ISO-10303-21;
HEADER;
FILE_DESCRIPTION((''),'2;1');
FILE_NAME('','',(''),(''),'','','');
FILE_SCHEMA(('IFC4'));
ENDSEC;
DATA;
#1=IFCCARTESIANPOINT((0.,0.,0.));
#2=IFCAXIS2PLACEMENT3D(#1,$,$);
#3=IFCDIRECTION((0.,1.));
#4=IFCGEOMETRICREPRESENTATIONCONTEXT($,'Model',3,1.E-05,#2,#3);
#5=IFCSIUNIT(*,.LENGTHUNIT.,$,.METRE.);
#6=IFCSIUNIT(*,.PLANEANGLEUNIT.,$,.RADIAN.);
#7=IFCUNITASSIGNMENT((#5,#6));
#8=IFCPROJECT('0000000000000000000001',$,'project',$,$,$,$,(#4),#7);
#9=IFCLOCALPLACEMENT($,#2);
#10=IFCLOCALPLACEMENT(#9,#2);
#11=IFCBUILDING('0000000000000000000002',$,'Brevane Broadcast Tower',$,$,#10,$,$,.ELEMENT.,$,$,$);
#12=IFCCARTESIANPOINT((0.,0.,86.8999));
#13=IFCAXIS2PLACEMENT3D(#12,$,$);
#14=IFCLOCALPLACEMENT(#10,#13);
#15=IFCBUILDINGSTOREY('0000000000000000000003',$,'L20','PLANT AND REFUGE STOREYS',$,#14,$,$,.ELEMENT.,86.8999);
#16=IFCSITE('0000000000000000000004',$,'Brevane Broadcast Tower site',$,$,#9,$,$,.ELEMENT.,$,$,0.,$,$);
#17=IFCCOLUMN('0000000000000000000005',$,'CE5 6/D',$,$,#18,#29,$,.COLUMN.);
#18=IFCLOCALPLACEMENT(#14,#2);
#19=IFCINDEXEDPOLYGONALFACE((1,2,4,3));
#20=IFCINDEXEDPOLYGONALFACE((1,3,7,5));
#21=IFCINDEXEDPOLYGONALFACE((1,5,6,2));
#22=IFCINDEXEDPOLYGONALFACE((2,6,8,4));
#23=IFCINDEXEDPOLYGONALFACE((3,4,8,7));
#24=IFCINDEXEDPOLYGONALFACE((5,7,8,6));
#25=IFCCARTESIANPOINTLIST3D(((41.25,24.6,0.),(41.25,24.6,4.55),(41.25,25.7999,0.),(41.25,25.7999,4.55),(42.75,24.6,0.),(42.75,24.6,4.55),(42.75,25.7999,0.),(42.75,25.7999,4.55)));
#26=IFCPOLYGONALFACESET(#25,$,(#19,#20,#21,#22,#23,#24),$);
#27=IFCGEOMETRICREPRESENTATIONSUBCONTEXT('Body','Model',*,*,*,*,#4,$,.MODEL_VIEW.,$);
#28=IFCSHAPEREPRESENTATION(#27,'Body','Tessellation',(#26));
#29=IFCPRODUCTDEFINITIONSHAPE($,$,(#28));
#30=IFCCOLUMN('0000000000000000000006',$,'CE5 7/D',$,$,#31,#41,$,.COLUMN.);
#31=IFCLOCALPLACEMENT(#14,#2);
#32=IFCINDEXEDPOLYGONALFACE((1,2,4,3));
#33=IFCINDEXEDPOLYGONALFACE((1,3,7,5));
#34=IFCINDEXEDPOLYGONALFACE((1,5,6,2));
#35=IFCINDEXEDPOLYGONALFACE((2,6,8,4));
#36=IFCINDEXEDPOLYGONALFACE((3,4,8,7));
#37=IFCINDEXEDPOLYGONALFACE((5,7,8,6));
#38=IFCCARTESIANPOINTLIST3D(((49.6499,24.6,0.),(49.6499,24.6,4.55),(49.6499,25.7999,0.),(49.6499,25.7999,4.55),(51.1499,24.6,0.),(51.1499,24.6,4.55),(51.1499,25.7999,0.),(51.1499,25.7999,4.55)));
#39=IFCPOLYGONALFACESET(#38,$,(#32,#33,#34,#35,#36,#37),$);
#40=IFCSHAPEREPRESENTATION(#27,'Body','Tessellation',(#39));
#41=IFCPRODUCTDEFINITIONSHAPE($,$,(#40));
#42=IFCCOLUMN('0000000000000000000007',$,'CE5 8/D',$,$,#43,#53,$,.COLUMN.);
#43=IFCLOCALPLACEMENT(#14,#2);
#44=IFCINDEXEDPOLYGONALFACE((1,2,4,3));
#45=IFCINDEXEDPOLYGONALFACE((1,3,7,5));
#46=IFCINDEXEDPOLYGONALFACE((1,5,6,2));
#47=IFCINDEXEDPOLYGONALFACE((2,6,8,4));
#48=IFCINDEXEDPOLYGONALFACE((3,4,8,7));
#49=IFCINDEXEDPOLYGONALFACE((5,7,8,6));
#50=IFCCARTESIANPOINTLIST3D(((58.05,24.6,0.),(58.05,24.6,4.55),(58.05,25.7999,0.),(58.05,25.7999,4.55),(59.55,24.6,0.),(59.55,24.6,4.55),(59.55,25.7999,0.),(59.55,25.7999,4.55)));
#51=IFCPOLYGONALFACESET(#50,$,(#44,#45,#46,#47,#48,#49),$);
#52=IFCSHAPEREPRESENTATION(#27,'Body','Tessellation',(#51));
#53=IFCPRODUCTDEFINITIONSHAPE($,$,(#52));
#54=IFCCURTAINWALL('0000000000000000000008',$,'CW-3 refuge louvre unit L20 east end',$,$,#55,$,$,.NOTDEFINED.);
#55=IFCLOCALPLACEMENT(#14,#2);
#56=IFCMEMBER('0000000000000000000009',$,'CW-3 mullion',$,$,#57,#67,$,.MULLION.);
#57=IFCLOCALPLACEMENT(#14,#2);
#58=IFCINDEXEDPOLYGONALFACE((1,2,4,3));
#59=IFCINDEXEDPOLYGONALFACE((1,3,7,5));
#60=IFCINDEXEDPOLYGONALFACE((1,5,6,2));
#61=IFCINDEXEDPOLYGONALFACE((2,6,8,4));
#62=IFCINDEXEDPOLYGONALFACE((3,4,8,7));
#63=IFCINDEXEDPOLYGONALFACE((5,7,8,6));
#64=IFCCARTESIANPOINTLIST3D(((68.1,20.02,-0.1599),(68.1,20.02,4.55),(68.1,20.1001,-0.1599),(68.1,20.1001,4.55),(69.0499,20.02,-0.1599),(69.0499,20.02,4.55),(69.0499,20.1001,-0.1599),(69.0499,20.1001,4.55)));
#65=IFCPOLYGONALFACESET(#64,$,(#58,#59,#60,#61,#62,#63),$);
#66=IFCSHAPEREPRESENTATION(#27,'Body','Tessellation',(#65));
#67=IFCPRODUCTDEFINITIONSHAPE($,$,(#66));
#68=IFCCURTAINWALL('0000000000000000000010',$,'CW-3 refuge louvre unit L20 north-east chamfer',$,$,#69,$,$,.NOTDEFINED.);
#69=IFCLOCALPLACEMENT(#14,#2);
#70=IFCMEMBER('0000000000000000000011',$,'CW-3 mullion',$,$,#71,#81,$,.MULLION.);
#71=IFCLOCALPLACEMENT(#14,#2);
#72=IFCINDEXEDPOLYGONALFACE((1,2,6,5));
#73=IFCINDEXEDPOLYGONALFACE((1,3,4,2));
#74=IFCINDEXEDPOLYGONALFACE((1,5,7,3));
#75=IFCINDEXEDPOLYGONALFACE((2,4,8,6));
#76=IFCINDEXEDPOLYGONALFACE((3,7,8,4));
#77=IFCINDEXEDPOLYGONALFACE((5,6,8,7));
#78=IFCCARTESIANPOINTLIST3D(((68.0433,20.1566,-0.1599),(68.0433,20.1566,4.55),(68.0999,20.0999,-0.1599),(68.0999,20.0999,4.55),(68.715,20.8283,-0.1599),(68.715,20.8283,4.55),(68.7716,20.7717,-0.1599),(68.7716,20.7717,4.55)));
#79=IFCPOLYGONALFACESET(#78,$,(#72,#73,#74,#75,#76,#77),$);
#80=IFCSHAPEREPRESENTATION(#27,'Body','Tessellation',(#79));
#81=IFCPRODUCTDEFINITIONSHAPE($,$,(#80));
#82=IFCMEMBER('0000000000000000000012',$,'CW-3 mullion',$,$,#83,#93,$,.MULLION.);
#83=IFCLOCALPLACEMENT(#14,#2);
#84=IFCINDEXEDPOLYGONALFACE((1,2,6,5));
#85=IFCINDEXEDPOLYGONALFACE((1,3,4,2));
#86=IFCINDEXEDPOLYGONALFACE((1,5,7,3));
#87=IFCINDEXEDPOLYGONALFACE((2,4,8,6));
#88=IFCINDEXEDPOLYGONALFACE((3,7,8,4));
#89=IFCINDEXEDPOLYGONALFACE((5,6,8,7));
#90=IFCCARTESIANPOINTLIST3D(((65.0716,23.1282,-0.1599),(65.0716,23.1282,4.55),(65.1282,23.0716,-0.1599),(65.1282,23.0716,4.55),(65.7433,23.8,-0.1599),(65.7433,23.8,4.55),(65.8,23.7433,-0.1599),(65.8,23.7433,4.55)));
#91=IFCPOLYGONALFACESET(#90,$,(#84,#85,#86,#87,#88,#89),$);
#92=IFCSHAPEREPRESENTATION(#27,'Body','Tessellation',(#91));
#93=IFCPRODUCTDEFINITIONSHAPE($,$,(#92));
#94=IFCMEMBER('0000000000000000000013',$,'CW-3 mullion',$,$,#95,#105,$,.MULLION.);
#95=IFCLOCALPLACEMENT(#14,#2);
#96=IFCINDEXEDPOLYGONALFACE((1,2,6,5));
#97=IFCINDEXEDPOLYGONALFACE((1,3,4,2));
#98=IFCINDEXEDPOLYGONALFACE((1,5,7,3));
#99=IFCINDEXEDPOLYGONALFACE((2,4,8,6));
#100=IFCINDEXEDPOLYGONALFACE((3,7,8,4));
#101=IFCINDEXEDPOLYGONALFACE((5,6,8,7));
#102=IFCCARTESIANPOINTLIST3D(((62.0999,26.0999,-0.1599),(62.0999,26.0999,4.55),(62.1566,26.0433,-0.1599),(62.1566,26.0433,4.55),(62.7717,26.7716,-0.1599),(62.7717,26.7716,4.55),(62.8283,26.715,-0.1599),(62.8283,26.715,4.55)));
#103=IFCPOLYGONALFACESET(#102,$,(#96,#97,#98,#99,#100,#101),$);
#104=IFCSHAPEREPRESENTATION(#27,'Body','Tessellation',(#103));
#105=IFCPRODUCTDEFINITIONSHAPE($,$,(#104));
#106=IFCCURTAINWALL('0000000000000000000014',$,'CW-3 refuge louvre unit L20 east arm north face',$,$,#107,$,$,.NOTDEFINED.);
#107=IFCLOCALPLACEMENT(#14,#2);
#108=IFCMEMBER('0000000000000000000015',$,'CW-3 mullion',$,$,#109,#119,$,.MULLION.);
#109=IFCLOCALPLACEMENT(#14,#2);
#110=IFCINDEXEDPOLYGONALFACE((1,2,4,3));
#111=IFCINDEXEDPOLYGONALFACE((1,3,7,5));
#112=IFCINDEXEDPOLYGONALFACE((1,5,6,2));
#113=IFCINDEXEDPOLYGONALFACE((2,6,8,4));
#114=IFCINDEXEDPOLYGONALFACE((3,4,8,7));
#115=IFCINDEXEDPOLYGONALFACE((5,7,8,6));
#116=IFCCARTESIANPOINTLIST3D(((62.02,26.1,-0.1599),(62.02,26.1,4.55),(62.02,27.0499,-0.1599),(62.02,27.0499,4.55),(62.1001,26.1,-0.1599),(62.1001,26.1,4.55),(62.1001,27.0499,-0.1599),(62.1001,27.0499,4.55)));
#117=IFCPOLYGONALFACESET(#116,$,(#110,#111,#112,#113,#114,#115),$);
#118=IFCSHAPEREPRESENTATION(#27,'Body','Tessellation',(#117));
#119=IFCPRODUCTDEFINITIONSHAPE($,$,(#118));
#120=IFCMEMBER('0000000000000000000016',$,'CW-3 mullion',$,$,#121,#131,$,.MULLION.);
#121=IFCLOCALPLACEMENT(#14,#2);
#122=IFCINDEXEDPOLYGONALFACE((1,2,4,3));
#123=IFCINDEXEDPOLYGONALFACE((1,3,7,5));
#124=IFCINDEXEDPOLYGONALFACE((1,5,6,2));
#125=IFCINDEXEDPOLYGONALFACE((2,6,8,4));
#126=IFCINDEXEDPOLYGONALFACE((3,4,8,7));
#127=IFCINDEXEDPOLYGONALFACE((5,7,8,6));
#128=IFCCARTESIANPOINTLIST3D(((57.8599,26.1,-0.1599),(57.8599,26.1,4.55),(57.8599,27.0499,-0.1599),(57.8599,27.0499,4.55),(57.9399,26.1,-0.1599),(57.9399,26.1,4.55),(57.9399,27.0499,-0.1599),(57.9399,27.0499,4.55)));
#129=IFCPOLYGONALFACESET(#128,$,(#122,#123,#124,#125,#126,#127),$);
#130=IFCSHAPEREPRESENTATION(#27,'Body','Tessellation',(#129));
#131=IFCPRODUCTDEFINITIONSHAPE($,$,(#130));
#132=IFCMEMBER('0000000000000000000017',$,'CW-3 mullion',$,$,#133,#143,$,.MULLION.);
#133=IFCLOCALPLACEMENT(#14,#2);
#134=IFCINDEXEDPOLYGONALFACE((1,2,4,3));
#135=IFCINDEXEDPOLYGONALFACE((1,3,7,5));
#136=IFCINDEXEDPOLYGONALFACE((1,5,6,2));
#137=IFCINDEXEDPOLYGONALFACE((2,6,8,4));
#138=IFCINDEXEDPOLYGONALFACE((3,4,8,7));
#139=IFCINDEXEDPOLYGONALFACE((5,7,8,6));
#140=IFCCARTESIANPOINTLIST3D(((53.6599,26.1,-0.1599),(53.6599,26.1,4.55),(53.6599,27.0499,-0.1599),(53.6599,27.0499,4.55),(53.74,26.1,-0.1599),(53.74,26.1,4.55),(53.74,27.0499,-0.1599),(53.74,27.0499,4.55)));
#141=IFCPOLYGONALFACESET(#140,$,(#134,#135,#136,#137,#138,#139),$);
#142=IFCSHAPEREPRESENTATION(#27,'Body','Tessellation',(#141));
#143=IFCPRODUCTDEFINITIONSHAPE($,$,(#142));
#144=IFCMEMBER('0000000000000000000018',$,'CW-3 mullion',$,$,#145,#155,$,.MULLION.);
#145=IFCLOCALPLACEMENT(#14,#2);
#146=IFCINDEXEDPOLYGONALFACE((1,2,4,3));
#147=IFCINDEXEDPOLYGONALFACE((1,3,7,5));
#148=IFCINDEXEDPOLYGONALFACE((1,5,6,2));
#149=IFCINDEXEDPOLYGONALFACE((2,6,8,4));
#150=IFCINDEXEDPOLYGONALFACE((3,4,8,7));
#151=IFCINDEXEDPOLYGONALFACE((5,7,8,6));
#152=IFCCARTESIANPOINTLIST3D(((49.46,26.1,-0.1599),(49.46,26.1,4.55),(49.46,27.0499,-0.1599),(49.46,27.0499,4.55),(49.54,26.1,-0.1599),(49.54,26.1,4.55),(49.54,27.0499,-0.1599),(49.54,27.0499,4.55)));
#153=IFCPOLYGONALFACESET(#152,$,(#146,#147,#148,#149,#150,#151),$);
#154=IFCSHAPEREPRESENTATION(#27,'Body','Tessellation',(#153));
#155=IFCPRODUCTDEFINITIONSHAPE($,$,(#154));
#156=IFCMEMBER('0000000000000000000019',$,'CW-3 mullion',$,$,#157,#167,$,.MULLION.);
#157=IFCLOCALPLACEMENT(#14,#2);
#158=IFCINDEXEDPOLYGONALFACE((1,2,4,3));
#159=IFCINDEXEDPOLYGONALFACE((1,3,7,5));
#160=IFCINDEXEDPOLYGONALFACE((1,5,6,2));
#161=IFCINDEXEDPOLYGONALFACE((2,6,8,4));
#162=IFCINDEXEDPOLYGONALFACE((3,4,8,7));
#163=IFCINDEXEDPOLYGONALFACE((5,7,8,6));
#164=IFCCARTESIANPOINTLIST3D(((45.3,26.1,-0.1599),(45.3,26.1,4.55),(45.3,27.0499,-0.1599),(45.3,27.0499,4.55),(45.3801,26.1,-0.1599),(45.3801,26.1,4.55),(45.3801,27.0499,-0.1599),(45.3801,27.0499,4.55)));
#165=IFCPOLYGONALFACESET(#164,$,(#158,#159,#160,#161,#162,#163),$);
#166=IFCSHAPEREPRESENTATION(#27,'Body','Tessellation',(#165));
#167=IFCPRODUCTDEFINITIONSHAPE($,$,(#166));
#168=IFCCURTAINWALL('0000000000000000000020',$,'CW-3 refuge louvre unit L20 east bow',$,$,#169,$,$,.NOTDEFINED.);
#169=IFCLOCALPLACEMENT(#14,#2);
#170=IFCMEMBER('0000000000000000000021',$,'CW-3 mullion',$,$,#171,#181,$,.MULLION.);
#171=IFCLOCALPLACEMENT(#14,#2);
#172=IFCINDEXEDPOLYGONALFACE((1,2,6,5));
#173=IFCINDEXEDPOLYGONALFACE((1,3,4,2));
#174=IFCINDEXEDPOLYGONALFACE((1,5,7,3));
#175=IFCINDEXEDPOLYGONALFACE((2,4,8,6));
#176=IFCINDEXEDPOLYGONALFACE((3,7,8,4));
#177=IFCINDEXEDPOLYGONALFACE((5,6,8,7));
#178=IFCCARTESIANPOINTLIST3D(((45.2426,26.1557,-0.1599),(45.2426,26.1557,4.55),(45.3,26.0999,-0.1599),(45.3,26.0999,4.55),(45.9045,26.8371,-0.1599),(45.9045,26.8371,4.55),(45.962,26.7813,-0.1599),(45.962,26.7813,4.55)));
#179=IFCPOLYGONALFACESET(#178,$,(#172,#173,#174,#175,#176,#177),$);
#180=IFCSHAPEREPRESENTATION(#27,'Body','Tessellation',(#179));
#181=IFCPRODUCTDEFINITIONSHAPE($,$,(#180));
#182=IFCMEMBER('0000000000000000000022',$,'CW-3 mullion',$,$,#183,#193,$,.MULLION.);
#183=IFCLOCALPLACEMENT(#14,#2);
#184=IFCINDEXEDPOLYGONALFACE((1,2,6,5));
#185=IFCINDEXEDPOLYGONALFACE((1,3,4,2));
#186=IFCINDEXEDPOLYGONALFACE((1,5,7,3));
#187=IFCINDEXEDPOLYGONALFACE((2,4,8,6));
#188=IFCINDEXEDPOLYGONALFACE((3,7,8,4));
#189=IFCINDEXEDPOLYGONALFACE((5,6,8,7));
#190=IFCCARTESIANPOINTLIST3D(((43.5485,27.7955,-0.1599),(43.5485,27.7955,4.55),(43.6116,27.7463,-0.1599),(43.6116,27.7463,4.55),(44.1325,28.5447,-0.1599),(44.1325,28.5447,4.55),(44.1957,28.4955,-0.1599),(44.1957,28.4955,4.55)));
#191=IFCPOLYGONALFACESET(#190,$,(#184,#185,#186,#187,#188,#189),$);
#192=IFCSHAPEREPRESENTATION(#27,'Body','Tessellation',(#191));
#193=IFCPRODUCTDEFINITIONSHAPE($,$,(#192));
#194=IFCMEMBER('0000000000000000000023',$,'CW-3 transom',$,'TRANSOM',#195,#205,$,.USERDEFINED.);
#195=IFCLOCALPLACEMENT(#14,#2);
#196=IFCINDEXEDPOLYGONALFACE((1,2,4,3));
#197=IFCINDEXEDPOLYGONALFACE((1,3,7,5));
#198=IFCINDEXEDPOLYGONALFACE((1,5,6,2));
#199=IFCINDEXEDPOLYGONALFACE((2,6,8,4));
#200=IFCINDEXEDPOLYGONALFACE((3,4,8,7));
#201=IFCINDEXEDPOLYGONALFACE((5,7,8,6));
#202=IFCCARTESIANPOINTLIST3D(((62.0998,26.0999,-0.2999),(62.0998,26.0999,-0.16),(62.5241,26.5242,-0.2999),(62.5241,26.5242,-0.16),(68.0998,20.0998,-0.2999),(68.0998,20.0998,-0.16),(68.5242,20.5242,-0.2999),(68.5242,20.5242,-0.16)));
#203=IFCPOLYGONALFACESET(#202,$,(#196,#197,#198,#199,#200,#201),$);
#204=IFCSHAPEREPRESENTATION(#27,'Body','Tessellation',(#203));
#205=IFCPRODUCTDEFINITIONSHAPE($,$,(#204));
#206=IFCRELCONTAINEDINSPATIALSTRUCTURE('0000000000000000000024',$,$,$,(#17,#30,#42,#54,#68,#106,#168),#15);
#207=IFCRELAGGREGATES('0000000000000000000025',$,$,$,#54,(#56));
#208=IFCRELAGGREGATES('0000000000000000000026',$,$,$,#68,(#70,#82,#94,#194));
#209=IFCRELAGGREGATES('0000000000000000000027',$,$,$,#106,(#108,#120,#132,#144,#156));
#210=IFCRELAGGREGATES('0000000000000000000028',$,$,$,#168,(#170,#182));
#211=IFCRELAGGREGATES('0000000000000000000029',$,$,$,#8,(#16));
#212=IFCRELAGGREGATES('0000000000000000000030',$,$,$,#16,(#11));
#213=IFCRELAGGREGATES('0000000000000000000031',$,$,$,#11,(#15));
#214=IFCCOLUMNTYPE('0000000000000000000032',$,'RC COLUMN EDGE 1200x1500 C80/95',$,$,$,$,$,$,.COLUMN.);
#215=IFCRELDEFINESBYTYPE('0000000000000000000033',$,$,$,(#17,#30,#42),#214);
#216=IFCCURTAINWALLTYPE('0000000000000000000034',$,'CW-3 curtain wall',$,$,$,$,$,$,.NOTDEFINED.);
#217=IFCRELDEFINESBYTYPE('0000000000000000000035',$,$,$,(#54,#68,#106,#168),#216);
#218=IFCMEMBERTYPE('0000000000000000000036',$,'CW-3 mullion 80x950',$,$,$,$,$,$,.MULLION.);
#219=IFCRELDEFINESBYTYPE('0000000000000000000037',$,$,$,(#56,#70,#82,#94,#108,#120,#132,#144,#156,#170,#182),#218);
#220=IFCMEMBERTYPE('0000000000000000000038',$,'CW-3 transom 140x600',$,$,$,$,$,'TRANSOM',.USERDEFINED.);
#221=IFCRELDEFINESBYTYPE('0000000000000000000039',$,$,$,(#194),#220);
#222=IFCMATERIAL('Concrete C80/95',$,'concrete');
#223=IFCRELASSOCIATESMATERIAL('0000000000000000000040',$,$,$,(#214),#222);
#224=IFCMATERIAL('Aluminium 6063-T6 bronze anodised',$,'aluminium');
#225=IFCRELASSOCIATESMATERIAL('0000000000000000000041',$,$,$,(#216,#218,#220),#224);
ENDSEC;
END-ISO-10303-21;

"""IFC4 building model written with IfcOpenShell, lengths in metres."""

from ifc_helpers import new_model, si_unit, direction, frame, origin, origin_2d, place, context, subcontext, project, spatial, rectangle, extrude, material, material_profile, profile_set, type_object, element, aggregate, save


model = new_model("IFC4")

# Units and contexts
model_context = context("Model", 3, precision=1e-05, world=origin(), true_north=direction((0.0, 1.0)))
body_context = subcontext(model_context, "Body", "Model", "MODEL_VIEW")
ifc_project = project(units=[si_unit("LENGTHUNIT", "METRE"), si_unit("PLANEANGLEUNIT", "RADIAN")], contexts=[model_context])

# Site, building, storey
site_placement = place(None, origin())
site = spatial("IfcSite", under=ifc_project, at=site_placement, Name="Brevane Broadcast Tower site", CompositionType="ELEMENT", RefElevation=0.0)
building_placement = place(site_placement, origin())
building = spatial("IfcBuilding", under=site, at=building_placement, Name="Brevane Broadcast Tower", CompositionType="ELEMENT")
storey_placement = place(building_placement, frame((0.0, 0.0, 86.8999)))
storey = spatial("IfcBuildingStorey", under=building, at=storey_placement, Name="L20", Description="PLANT AND REFUGE STOREYS", CompositionType="ELEMENT", Elevation=86.8999)

# Columns
ifc_material_1 = material(Name="Concrete C80/95", Category="concrete")
ifc_material_profile_1 = material_profile(ifc_material_1, rectangle(XDim=1.2, YDim=1.5, at=origin_2d()), Name="RC 1200x1500")
ifc_profile_set_1 = profile_set([ifc_material_profile_1], Name="Concrete C80/95")
column_type = type_object("IfcColumnType", Name="RC COLUMN EDGE 1200x1500 C80/95", PredefinedType="COLUMN", material=ifc_profile_set_1)
for number, where, z_axis, x_axis, name in (
    (1, (42.0, 25.2, 0.0), (0.0, 0.0, 1.0), (0.0, 1.0, 0.0), "CE5 6/D"),
    (2, (50.3999, 25.2, 0.0), (0.0, 0.0, 1.0), (0.0, 1.0, 0.0), "CE5 7/D"),
    (3, (58.8, 25.2, 0.0), (0.0, 0.0, 1.0), (0.0, 1.0, 0.0), "CE5 8/D"),
):
    element("IfcColumn", number, at=place(storey_placement, frame(where, z_axis=z_axis, x_axis=x_axis)), inside=storey, type_object=column_type, Name=name, PredefinedType="COLUMN", context=body_context, shape_type="SweptSolid", body=[
        extrude(rectangle(XDim=1.2, YDim=1.5, at=origin_2d()), origin(), (0.0, 0.0, 1.0), 4.55),
    ])

# Curtain wall, member
ifc_material_2 = material(Name="Aluminium 6063-T6 bronze anodised", Category="aluminium")
curtain_wall_type = type_object("IfcCurtainWallType", Name="CW-3 curtain wall", PredefinedType="NOTDEFINED", material=ifc_material_2)
curtain_wall_1_placement = place(storey_placement, origin())
curtain_wall_1 = element("IfcCurtainWall", 4, at=curtain_wall_1_placement, inside=storey, type_object=curtain_wall_type, Name="CW-3 refuge louvre unit L20 east end", PredefinedType="NOTDEFINED")
ifc_material_profile_2 = material_profile(ifc_material_2, rectangle(XDim=0.95, YDim=0.0801, at=origin_2d()), Name="RECT 80x950")
ifc_profile_set_2 = profile_set([ifc_material_profile_2], Name="Aluminium 6063-T6 bronze anodised")
member_type_1 = type_object("IfcMemberType", Name="CW-3 mullion 80x950", PredefinedType="MULLION", material=ifc_profile_set_2)
member_1_placement = place(storey_placement, frame((68.575, 20.0601, -0.1599), z_axis=(0.0, 0.0, 1.0), x_axis=(-1.0, 0.0, 0.0)))
member_1 = element("IfcMember", 5, at=member_1_placement, type_object=member_type_1, Name="CW-3 mullion", PredefinedType="MULLION", context=body_context, shape_type="SweptSolid", body=[
    extrude(rectangle(XDim=0.95, YDim=0.0801, at=origin_2d()), origin(), (0.0, 0.0, 1.0), 4.71),
])
aggregate(curtain_wall_1, [member_1])

# Curtain walls, members
curtain_wall_2_placement = place(storey_placement, origin())
curtain_wall_2 = element("IfcCurtainWall", 6, at=curtain_wall_2_placement, inside=storey, type_object=curtain_wall_type, Name="CW-3 refuge louvre unit L20 north-east chamfer", PredefinedType="NOTDEFINED")
member_2_placement = place(storey_placement, frame((68.4075, 20.4641, -0.1599), z_axis=(0.0, 0.0, 1.0), x_axis=(-0.707107, -0.707107, 0.0)))
member_2 = element("IfcMember", 7, at=member_2_placement, type_object=member_type_1, Name="CW-3 mullion", PredefinedType="MULLION", context=body_context, shape_type="SweptSolid", body=[
    extrude(rectangle(XDim=0.95, YDim=0.0801, at=origin_2d()), origin(), (0.0, 0.0, 1.0), 4.71),
])
member_3_placement = place(storey_placement, frame((65.4358, 23.4358, -0.1599), z_axis=(0.0, 0.0, 1.0), x_axis=(-0.707107, -0.707107, 0.0)))
member_3 = element("IfcMember", 8, at=member_3_placement, type_object=member_type_1, Name="CW-3 mullion", PredefinedType="MULLION", context=body_context, shape_type="SweptSolid", body=[
    extrude(rectangle(XDim=0.95, YDim=0.0801, at=origin_2d()), origin(), (0.0, 0.0, 1.0), 4.71),
])
member_4_placement = place(storey_placement, frame((62.4641, 26.4075, -0.1599), z_axis=(0.0, 0.0, 1.0), x_axis=(-0.707107, -0.707107, 0.0)))
member_4 = element("IfcMember", 9, at=member_4_placement, type_object=member_type_1, Name="CW-3 mullion", PredefinedType="MULLION", context=body_context, shape_type="SweptSolid", body=[
    extrude(rectangle(XDim=0.95, YDim=0.0801, at=origin_2d()), origin(), (0.0, 0.0, 1.0), 4.71),
])
curtain_wall_3_placement = place(storey_placement, origin())
curtain_wall_3 = element("IfcCurtainWall", 10, at=curtain_wall_3_placement, inside=storey, type_object=curtain_wall_type, Name="CW-3 refuge louvre unit L20 east arm north face", PredefinedType="NOTDEFINED")
member_5_placement = place(storey_placement, frame((62.0601, 26.575, -0.1599), z_axis=(0.0, 0.0, 1.0), x_axis=(0.0, -1.0, 0.0)))
member_5 = element("IfcMember", 11, at=member_5_placement, type_object=member_type_1, Name="CW-3 mullion", PredefinedType="MULLION", context=body_context, shape_type="SweptSolid", body=[
    extrude(rectangle(XDim=0.95, YDim=0.0801, at=origin_2d()), origin(), (0.0, 0.0, 1.0), 4.71),
])
member_6_placement = place(storey_placement, frame((57.8999, 26.575, -0.1599), z_axis=(0.0, 0.0, 1.0), x_axis=(0.0, -1.0, 0.0)))
member_6 = element("IfcMember", 12, at=member_6_placement, type_object=member_type_1, Name="CW-3 mullion", PredefinedType="MULLION", context=body_context, shape_type="SweptSolid", body=[
    extrude(rectangle(XDim=0.95, YDim=0.0801, at=origin_2d()), origin(), (0.0, 0.0, 1.0), 4.71),
])
member_7_placement = place(storey_placement, frame((53.7, 26.575, -0.1599), z_axis=(0.0, 0.0, 1.0), x_axis=(0.0, -1.0, 0.0)))
member_7 = element("IfcMember", 13, at=member_7_placement, type_object=member_type_1, Name="CW-3 mullion", PredefinedType="MULLION", context=body_context, shape_type="SweptSolid", body=[
    extrude(rectangle(XDim=0.95, YDim=0.0801, at=origin_2d()), origin(), (0.0, 0.0, 1.0), 4.71),
])
member_8_placement = place(storey_placement, frame((49.5, 26.575, -0.1599), z_axis=(0.0, 0.0, 1.0), x_axis=(0.0, -1.0, 0.0)))
member_8 = element("IfcMember", 14, at=member_8_placement, type_object=member_type_1, Name="CW-3 mullion", PredefinedType="MULLION", context=body_context, shape_type="SweptSolid", body=[
    extrude(rectangle(XDim=0.95, YDim=0.0801, at=origin_2d()), origin(), (0.0, 0.0, 1.0), 4.71),
])
member_9_placement = place(storey_placement, frame((45.3401, 26.575, -0.1599), z_axis=(0.0, 0.0, 1.0), x_axis=(0.0, -1.0, 0.0)))
member_9 = element("IfcMember", 15, at=member_9_placement, type_object=member_type_1, Name="CW-3 mullion", PredefinedType="MULLION", context=body_context, shape_type="SweptSolid", body=[
    extrude(rectangle(XDim=0.95, YDim=0.0801, at=origin_2d()), origin(), (0.0, 0.0, 1.0), 4.71),
])
curtain_wall_4_placement = place(storey_placement, origin())
curtain_wall_4 = element("IfcCurtainWall", 16, at=curtain_wall_4_placement, inside=storey, type_object=curtain_wall_type, Name="CW-3 refuge louvre unit L20 east bow", PredefinedType="NOTDEFINED")
member_10_placement = place(storey_placement, frame((45.6023, 26.4685, -0.1599), z_axis=(0.0, 0.0, 1.0), x_axis=(-0.696812, -0.717254, 0.0)))
member_10 = element("IfcMember", 17, at=member_10_placement, type_object=member_type_1, Name="CW-3 mullion", PredefinedType="MULLION", context=body_context, shape_type="SweptSolid", body=[
    extrude(rectangle(XDim=0.95, YDim=0.0801, at=origin_2d()), origin(), (0.0, 0.0, 1.0), 4.71),
])
member_11_placement = place(storey_placement, frame((43.8721, 28.1455, -0.1599), z_axis=(0.0, 0.0, 1.0), x_axis=(-0.61477, -0.788707, 0.0)))
member_11 = element("IfcMember", 18, at=member_11_placement, type_object=member_type_1, Name="CW-3 mullion", PredefinedType="MULLION", context=body_context, shape_type="SweptSolid", body=[
    extrude(rectangle(XDim=0.95, YDim=0.0801, at=origin_2d()), origin(), (0.0, 0.0, 1.0), 4.71),
])

# Member
ifc_material_profile_3 = material_profile(ifc_material_2, rectangle(XDim=0.6001, YDim=0.1399, at=origin_2d()), Name="RECT 140x600")
ifc_profile_set_3 = profile_set([ifc_material_profile_3], Name="Aluminium 6063-T6 bronze anodised")
member_type_2 = type_object("IfcMemberType", Name="CW-3 transom 140x600", ElementType="TRANSOM", PredefinedType="USERDEFINED", material=ifc_profile_set_3)
member_12_placement = place(storey_placement, frame((68.312, 20.312, -0.23), z_axis=(-0.707107, 0.707107, 0.0), x_axis=(-0.707107, -0.707107, 0.0)))
member_12 = element("IfcMember", 19, at=member_12_placement, type_object=member_type_2, Name="CW-3 transom", ObjectType="TRANSOM", PredefinedType="USERDEFINED", context=body_context, shape_type="SweptSolid", body=[
    extrude(rectangle(XDim=0.6001, YDim=0.1399, at=origin_2d()), origin(), (0.0, 0.0, 1.0), 8.4854),
])
aggregate(curtain_wall_2, [member_2, member_3, member_4, member_12])
aggregate(curtain_wall_3, [member_5, member_6, member_7, member_8, member_9])
aggregate(curtain_wall_4, [member_10, member_11])

save(model, "model.ifc")
